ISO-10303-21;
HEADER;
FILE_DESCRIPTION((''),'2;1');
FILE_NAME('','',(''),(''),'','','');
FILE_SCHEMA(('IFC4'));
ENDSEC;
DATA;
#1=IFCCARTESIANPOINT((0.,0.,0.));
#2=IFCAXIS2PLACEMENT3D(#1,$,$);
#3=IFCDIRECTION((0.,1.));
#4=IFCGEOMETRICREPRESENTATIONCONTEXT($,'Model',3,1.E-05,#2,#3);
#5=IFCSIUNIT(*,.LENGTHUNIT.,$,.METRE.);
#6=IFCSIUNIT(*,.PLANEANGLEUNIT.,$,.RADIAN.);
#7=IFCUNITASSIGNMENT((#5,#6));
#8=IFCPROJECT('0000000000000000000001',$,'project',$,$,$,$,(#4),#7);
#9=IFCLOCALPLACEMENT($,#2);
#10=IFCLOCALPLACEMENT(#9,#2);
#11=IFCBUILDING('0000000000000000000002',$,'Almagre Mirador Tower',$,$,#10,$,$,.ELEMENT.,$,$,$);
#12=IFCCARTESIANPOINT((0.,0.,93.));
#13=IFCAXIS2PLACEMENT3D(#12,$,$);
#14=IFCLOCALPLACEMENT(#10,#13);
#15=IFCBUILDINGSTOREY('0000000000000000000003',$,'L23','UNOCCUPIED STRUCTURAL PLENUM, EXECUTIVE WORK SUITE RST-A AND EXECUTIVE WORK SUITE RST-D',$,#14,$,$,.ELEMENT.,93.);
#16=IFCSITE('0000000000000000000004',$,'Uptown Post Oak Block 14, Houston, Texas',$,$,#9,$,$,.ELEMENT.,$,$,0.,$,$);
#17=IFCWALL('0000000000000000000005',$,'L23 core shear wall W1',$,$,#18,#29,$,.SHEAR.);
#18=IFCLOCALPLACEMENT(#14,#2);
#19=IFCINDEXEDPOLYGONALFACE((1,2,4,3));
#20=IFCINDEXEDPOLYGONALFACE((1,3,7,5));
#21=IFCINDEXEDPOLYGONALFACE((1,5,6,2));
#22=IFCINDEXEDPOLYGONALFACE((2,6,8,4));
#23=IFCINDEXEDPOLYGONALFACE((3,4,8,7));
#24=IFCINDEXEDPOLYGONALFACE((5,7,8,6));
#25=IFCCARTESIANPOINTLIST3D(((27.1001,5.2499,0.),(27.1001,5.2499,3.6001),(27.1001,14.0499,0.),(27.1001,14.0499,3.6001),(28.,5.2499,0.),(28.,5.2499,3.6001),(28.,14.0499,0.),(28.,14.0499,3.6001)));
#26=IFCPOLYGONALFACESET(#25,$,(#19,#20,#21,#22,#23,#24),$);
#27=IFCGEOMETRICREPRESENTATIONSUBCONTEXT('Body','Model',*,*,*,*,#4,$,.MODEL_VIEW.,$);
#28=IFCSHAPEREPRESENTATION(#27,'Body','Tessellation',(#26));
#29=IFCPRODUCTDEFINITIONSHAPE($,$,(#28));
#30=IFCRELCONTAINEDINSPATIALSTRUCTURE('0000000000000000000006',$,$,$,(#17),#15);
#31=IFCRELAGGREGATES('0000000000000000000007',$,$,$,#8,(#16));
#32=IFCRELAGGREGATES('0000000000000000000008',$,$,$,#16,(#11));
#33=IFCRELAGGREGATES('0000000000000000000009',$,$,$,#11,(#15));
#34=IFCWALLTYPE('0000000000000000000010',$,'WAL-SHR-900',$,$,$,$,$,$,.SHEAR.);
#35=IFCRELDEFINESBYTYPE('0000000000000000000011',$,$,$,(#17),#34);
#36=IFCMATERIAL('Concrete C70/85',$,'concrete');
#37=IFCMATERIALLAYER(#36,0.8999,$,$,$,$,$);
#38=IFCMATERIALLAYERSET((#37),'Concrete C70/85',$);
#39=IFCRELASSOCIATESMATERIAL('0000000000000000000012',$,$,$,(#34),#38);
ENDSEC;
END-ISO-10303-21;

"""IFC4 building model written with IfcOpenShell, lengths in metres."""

from ifc_helpers import new_model, si_unit, direction, frame, frame_2d, origin, place, context, subcontext, project, spatial, rectangle, extrude, material, layer, layer_set, type_object, element, save


model = new_model("IFC4")

# Units and contexts
model_context = context("Model", 3, precision=1e-05, world=origin(), true_north=direction((0.0, 1.0)))
body_context = subcontext(model_context, "Body", "Model", "MODEL_VIEW")
ifc_project = project(units=[si_unit("LENGTHUNIT", "METRE"), si_unit("PLANEANGLEUNIT", "RADIAN")], contexts=[model_context])

# Site, building, storey
site_placement = place(None, origin())
site = spatial("IfcSite", under=ifc_project, at=site_placement, Name="Uptown Post Oak Block 14, Houston, Texas", CompositionType="ELEMENT", RefElevation=0.0)
building_placement = place(site_placement, origin())
building = spatial("IfcBuilding", under=site, at=building_placement, Name="Almagre Mirador Tower", CompositionType="ELEMENT")
storey_placement = place(building_placement, frame((0.0, 0.0, 93.0)))
storey = spatial("IfcBuildingStorey", under=building, at=storey_placement, Name="L23", Description="UNOCCUPIED STRUCTURAL PLENUM, EXECUTIVE WORK SUITE RST-A AND EXECUTIVE WORK SUITE RST-D", CompositionType="ELEMENT", Elevation=93.0)

# Wall
ifc_material_1 = material(Name="Concrete C70/85", Category="concrete")
ifc_layer_1 = layer(ifc_material_1, 0.8999)
ifc_layer_set_1 = layer_set([ifc_layer_1], Name="Concrete C70/85")
wall_type_1 = type_object("IfcWallType", Name="WAL-SHR-900", PredefinedType="SHEAR", material=ifc_layer_set_1)
wall_1_placement = place(storey_placement, frame((27.55, 5.25, 0.0), z_axis=(0.0, 0.0, 1.0), x_axis=(0.0, 1.0, 0.0)))
element("IfcWall", 1, at=wall_1_placement, inside=storey, type_object=wall_type_1, Name="L23 core shear wall W1", PredefinedType="SHEAR", context=body_context, shape_type="SweptSolid", body=[
    extrude(rectangle(XDim=8.8, YDim=0.8999, at=frame_2d((4.3999, 0.0))), origin(), (0.0, 0.0, 1.0), 3.6001),
])

save(model, "model.ifc")
